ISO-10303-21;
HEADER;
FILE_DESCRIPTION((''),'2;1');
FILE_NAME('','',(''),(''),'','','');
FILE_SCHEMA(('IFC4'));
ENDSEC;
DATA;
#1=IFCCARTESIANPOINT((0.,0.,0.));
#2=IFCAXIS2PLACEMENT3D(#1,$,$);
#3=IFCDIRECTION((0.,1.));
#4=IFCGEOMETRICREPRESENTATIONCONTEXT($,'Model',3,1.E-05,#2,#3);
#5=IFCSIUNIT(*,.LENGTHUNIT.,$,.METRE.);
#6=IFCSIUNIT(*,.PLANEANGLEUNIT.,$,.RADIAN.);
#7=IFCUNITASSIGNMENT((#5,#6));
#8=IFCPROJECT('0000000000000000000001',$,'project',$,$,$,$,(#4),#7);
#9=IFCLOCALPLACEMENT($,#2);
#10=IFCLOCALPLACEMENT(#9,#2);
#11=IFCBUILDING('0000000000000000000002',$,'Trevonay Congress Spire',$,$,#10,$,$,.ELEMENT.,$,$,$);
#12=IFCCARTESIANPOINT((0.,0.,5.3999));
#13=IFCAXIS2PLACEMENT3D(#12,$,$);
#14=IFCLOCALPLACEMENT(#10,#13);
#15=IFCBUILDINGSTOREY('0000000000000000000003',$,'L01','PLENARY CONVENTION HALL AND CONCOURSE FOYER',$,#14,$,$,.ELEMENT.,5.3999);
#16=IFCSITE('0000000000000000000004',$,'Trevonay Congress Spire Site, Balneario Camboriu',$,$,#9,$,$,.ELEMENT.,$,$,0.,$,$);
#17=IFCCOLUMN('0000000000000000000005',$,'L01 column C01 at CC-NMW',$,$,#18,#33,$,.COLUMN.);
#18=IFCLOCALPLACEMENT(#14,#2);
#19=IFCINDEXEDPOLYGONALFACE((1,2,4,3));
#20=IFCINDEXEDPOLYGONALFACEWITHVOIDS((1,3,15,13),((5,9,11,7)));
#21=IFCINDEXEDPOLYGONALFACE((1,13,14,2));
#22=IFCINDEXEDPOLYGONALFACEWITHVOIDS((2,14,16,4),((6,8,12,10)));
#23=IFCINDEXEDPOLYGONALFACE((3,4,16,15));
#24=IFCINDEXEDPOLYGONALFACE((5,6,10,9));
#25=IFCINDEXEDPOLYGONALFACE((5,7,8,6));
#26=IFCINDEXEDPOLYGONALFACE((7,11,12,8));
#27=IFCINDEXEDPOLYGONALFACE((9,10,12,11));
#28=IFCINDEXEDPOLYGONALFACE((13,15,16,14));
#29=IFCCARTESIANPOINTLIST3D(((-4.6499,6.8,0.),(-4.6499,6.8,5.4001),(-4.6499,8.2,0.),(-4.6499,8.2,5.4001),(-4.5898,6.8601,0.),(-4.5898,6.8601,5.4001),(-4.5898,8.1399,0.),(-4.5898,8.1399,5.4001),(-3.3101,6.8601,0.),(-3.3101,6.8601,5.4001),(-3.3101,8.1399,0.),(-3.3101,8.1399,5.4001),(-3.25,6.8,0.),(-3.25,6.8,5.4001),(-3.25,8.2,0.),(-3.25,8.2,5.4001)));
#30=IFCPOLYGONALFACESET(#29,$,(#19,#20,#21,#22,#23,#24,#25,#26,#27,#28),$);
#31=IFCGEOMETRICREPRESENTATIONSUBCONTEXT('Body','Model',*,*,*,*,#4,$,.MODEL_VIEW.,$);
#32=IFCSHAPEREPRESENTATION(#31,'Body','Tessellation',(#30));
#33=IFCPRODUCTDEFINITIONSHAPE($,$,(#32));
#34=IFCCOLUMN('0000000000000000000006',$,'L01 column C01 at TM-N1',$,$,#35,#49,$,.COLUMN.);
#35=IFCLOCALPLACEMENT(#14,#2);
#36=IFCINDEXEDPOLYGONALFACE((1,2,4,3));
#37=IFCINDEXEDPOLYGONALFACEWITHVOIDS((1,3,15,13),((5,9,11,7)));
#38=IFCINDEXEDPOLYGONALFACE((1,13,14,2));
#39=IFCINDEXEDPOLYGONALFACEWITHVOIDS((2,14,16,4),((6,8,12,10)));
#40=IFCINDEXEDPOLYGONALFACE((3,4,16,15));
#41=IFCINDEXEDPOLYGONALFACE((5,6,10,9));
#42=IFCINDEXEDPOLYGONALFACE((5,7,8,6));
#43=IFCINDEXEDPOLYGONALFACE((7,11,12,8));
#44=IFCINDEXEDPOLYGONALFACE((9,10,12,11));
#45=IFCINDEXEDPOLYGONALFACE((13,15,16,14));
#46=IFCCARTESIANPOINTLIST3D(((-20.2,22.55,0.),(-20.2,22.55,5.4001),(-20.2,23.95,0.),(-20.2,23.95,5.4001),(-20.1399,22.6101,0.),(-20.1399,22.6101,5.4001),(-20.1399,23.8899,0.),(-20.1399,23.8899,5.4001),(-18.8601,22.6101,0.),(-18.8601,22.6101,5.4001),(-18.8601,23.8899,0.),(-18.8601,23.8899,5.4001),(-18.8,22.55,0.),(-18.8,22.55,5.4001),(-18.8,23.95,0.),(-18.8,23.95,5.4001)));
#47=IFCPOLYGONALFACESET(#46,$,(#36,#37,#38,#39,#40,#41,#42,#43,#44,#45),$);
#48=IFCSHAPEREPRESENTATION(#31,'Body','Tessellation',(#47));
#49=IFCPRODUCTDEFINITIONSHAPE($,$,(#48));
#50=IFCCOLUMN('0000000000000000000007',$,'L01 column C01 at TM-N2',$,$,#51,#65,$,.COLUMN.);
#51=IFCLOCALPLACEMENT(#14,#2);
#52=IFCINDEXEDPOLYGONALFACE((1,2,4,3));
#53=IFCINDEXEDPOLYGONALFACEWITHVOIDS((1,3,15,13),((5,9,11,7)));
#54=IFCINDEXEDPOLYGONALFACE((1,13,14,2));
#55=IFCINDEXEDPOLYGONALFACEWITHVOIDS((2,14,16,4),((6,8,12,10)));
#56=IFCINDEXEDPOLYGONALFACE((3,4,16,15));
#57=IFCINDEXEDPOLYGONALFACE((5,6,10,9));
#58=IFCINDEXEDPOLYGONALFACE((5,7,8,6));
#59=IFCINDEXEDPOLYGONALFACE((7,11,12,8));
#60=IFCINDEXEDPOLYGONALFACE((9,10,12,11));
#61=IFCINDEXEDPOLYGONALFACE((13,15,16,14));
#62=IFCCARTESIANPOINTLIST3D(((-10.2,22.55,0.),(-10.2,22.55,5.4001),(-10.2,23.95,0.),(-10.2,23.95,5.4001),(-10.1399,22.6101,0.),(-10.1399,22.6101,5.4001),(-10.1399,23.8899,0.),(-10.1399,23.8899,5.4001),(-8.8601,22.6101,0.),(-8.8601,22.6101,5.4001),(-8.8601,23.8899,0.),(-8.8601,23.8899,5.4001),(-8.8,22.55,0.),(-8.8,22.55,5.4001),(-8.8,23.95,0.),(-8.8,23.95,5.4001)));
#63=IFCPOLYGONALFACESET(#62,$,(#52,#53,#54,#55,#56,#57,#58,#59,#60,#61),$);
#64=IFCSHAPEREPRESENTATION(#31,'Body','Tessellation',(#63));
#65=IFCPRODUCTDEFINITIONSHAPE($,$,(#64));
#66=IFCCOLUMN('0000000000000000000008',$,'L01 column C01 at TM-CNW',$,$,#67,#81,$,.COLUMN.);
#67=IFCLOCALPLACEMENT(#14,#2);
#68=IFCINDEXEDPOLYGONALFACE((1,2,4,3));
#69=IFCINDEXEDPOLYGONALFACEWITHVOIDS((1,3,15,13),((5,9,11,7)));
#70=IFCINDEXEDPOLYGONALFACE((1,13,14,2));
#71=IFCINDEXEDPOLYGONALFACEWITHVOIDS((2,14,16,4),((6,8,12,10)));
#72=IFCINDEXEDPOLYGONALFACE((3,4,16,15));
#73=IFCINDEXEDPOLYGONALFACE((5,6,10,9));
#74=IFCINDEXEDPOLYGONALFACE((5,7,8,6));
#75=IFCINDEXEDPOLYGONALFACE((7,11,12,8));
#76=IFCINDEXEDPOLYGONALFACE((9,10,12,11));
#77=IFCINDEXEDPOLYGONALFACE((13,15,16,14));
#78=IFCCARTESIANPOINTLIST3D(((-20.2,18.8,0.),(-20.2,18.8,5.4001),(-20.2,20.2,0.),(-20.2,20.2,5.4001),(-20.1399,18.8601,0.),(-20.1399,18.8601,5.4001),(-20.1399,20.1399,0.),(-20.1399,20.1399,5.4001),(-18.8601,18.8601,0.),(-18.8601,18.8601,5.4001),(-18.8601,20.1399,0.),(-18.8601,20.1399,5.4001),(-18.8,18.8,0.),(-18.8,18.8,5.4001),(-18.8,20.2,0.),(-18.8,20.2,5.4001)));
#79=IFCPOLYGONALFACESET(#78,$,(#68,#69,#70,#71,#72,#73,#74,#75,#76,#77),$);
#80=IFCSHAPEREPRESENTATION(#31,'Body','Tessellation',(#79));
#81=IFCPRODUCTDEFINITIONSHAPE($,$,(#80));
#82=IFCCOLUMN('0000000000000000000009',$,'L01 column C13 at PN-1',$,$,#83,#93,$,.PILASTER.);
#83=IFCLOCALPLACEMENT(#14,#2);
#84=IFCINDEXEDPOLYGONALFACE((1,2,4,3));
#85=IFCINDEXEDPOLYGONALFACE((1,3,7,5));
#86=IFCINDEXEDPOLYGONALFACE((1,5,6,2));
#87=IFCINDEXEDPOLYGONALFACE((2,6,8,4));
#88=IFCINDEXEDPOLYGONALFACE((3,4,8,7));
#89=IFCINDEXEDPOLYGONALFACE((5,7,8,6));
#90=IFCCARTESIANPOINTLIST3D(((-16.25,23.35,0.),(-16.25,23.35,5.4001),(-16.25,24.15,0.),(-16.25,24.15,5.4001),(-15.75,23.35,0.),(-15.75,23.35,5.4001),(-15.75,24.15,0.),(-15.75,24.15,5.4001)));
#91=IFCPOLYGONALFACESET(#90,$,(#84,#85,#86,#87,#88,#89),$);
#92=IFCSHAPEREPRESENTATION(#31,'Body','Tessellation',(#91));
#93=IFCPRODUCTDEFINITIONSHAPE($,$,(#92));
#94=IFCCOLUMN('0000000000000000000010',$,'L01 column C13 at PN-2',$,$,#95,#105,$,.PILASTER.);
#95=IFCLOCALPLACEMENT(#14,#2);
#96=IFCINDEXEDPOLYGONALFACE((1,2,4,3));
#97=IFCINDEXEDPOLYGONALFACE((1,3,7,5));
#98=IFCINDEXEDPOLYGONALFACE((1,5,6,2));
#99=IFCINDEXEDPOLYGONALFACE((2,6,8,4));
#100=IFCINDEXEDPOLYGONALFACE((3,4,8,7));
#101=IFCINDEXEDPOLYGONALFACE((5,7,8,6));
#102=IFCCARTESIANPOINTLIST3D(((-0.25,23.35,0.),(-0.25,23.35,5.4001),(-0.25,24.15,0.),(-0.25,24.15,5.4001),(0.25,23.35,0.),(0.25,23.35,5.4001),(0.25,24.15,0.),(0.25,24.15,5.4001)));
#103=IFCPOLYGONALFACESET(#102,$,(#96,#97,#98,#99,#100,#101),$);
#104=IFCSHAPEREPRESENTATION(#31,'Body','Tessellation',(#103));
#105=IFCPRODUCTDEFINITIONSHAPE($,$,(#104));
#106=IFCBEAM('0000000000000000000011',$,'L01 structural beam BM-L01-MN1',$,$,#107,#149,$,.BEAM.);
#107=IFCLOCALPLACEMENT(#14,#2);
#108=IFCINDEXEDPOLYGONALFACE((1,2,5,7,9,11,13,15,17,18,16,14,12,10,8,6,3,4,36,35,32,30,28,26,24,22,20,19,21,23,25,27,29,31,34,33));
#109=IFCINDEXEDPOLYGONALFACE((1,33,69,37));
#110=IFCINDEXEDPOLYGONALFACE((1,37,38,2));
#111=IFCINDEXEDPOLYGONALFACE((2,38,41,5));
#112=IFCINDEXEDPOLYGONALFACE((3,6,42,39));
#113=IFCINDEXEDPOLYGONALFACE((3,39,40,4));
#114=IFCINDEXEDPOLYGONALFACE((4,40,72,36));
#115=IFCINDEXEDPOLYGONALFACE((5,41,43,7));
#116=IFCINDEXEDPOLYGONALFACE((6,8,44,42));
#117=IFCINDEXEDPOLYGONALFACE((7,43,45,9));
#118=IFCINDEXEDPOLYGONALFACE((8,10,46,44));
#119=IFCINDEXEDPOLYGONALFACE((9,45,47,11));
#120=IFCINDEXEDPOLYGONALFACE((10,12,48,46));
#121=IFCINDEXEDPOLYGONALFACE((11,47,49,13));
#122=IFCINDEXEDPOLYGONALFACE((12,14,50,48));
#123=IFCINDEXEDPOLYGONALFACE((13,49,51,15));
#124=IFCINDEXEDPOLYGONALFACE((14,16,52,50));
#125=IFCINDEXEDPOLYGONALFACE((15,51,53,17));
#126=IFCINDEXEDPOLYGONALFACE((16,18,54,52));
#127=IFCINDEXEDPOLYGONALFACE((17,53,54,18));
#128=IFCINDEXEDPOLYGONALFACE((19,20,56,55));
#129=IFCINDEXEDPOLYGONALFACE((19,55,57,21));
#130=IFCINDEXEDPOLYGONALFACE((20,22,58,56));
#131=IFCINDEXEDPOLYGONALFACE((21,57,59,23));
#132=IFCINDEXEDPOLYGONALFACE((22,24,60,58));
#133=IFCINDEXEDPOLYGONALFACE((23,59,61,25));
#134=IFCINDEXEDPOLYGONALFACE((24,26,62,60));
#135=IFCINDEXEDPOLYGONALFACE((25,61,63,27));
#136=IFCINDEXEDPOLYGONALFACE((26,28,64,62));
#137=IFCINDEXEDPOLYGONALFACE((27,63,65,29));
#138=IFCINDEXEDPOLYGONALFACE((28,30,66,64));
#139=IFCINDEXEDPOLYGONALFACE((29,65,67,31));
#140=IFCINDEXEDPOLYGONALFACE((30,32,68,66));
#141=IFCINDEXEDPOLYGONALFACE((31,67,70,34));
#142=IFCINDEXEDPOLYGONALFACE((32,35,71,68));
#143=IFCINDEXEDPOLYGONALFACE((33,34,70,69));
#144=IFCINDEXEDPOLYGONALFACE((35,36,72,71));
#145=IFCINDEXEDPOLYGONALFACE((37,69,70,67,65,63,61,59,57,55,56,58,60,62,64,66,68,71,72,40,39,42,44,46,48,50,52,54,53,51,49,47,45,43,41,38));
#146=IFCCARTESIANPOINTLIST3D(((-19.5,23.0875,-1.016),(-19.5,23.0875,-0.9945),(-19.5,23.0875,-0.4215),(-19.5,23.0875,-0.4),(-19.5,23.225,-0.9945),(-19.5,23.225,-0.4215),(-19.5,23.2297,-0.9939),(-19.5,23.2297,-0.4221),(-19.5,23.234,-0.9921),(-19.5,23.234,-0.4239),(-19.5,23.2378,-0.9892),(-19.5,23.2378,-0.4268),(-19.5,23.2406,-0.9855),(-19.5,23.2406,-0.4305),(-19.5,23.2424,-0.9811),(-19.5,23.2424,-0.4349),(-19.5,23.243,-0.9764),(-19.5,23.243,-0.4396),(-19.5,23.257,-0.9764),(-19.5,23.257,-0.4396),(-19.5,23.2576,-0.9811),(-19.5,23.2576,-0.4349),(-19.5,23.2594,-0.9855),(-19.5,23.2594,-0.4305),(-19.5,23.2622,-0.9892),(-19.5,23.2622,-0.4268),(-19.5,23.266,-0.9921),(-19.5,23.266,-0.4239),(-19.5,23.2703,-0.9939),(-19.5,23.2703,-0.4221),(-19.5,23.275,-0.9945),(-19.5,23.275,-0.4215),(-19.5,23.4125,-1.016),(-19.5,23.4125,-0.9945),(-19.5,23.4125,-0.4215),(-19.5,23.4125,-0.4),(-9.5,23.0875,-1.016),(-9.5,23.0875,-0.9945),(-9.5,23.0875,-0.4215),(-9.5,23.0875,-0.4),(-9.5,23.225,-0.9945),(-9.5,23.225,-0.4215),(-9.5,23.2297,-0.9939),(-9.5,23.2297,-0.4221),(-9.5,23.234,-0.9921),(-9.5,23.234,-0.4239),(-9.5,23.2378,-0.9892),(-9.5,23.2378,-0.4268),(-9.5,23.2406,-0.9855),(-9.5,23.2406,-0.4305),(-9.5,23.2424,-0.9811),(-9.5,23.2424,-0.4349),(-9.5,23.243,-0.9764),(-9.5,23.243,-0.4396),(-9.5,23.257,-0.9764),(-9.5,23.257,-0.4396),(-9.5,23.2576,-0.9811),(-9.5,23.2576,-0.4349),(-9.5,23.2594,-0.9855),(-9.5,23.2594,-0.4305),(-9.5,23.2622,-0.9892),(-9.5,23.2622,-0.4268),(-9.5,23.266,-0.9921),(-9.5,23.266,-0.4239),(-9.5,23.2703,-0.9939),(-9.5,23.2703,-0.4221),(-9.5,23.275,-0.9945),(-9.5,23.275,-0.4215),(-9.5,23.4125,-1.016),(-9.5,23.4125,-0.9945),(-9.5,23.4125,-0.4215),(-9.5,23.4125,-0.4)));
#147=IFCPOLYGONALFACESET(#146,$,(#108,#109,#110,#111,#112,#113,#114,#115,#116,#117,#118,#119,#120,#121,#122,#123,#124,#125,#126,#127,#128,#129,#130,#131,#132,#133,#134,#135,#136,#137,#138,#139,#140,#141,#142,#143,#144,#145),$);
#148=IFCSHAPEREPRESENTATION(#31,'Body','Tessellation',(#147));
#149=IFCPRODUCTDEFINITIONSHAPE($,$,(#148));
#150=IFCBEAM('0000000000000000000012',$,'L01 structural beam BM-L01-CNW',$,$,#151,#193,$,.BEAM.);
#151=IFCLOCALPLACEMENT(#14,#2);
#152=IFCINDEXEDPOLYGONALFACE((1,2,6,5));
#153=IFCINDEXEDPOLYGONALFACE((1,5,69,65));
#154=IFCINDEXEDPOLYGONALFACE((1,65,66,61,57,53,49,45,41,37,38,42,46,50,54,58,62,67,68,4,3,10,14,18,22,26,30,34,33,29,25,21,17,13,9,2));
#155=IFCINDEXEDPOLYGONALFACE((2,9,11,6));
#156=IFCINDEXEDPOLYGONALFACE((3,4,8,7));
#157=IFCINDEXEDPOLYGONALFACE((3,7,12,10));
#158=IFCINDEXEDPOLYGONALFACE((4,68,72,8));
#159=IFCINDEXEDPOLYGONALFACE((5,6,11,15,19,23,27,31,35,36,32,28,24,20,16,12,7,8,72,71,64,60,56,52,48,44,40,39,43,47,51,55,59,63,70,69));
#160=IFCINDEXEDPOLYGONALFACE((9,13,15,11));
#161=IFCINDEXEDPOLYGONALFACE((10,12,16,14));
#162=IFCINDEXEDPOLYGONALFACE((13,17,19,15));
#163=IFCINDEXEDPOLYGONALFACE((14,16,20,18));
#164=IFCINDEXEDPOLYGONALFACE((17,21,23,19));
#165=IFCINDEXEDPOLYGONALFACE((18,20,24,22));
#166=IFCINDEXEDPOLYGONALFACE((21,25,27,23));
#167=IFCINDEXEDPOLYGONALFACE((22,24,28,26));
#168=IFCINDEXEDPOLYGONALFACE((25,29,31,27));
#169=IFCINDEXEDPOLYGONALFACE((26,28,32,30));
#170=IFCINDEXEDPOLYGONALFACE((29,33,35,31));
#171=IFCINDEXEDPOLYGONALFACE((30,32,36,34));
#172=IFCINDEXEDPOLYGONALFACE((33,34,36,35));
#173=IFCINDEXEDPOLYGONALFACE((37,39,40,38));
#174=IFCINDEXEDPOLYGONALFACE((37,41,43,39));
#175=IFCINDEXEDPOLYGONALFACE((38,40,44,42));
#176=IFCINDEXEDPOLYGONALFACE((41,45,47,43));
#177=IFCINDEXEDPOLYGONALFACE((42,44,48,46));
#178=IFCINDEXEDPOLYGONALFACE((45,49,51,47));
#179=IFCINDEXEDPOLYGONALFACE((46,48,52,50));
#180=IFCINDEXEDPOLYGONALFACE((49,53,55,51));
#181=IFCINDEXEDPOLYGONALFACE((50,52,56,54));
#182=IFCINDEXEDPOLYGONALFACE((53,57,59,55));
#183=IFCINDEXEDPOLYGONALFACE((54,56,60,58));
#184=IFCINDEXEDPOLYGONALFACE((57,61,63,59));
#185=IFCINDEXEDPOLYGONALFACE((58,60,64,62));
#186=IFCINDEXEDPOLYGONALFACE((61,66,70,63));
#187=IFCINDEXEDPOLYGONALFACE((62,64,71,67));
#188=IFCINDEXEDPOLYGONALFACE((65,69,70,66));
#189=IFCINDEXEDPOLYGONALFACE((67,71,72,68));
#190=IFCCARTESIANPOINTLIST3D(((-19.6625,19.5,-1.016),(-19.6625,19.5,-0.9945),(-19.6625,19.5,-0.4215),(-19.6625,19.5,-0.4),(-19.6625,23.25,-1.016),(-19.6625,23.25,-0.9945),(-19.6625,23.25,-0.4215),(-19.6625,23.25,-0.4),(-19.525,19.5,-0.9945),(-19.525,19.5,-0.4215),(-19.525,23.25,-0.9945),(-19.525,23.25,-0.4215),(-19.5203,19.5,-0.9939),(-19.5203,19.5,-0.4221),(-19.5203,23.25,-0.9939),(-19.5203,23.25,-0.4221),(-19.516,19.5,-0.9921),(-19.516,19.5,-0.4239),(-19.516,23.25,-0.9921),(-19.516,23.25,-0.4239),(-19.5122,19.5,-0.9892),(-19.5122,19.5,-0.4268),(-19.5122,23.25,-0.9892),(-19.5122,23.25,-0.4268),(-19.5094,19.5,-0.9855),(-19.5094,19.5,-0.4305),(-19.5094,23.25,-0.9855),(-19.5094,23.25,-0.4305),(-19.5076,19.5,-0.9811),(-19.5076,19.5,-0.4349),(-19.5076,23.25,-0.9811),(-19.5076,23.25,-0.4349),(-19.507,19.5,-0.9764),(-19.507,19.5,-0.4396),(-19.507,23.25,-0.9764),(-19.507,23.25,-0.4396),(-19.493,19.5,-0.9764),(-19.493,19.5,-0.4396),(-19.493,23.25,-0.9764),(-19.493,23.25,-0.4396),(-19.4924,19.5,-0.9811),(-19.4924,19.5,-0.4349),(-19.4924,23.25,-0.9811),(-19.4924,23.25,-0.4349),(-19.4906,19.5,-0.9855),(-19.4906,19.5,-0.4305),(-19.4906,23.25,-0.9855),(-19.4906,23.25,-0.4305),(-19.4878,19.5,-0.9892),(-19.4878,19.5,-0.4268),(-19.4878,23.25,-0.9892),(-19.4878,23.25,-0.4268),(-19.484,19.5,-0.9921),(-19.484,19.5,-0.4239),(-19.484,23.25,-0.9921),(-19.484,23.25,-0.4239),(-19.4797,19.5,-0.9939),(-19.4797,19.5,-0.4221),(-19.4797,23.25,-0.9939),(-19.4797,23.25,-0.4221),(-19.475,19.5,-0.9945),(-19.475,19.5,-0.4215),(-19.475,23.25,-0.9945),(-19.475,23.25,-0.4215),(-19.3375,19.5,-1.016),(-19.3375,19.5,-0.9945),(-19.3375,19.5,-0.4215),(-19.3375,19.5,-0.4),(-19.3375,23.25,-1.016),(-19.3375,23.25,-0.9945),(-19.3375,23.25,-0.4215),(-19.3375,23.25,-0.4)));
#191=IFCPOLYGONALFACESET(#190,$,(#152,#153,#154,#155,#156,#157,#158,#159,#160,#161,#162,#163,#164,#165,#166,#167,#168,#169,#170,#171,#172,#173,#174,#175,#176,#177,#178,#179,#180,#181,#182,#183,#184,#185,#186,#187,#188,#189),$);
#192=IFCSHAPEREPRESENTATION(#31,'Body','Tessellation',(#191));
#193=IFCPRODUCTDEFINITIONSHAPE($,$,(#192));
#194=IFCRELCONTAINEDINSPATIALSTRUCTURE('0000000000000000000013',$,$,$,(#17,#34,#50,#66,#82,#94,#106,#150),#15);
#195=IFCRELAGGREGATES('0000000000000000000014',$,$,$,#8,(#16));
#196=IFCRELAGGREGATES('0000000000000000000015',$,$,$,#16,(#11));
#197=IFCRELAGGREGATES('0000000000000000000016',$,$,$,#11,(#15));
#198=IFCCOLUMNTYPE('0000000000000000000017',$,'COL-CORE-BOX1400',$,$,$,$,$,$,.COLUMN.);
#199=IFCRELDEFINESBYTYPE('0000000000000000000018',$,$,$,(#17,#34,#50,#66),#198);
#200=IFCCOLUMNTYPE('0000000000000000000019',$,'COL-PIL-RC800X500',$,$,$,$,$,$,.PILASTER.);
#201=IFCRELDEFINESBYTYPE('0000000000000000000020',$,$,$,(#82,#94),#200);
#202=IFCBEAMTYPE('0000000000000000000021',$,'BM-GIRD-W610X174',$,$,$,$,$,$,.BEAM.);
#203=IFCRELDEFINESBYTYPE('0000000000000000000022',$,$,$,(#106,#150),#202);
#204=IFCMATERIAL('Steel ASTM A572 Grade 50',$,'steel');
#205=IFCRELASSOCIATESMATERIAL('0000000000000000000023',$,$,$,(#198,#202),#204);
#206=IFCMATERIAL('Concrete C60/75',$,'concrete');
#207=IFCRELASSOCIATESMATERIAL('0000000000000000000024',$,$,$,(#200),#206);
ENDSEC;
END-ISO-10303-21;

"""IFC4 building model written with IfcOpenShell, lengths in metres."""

from ifc_helpers import new_model, si_unit, direction, frame, origin, origin_2d, place, context, subcontext, project, spatial, rectangle, hollow_rectangle, i_section, extrude, material, material_profile, profile_set, type_object, element, save


model = new_model("IFC4")

# Units and contexts
model_context = context("Model", 3, precision=1e-05, world=origin(), true_north=direction((0.0, 1.0)))
body_context = subcontext(model_context, "Body", "Model", "MODEL_VIEW")
ifc_project = project(units=[si_unit("LENGTHUNIT", "METRE"), si_unit("PLANEANGLEUNIT", "RADIAN")], contexts=[model_context])

# Site, building, storey
site_placement = place(None, origin())
site = spatial("IfcSite", under=ifc_project, at=site_placement, Name="Trevonay Congress Spire Site, Balneario Camboriu", CompositionType="ELEMENT", RefElevation=0.0)
building_placement = place(site_placement, origin())
building = spatial("IfcBuilding", under=site, at=building_placement, Name="Trevonay Congress Spire", CompositionType="ELEMENT")
storey_placement = place(building_placement, frame((0.0, 0.0, 5.3999)))
storey = spatial("IfcBuildingStorey", under=building, at=storey_placement, Name="L01", Description="PLENARY CONVENTION HALL AND CONCOURSE FOYER", CompositionType="ELEMENT", Elevation=5.3999)

# Columns
ifc_material_1 = material(Name="Steel ASTM A572 Grade 50", Category="steel")
ifc_material_profile_1 = material_profile(ifc_material_1, hollow_rectangle(XDim=1.3999, YDim=1.3999, WallThickness=0.0601, at=origin_2d()), Name="BOX 1400x1400x60")
ifc_profile_set_1 = profile_set([ifc_material_profile_1], Name="Steel ASTM A572 Grade 50")
column_type_1 = type_object("IfcColumnType", Name="COL-CORE-BOX1400", PredefinedType="COLUMN", material=ifc_profile_set_1)
for number, where, z_axis, x_axis, name in (
    (1, (-3.95, 7.5, 0.0), (0.0, 0.0, 1.0), (1.0, 0.0, 0.0), "L01 column C01 at CC-NMW"),
    (2, (-19.5, 23.25, 0.0), (0.0, 0.0, 1.0), (1.0, 0.0, 0.0), "L01 column C01 at TM-N1"),
    (3, (-9.5, 23.25, 0.0), (0.0, 0.0, 1.0), (1.0, 0.0, 0.0), "L01 column C01 at TM-N2"),
    (4, (-19.5, 19.5, 0.0), (0.0, 0.0, 1.0), (1.0, 0.0, 0.0), "L01 column C01 at TM-CNW"),
):
    element("IfcColumn", number, at=place(storey_placement, frame(where, z_axis=z_axis, x_axis=x_axis)), inside=storey, type_object=column_type_1, Name=name, PredefinedType="COLUMN", context=body_context, shape_type="SweptSolid", body=[
        extrude(hollow_rectangle(XDim=1.3999, YDim=1.3999, WallThickness=0.0601, at=origin_2d()), origin(), (0.0, 0.0, 1.0), 5.4001),
    ])
ifc_material_2 = material(Name="Concrete C60/75", Category="concrete")
ifc_material_profile_2 = material_profile(ifc_material_2, rectangle(XDim=0.5, YDim=0.8, at=origin_2d()), Name="RC 800x500")
ifc_profile_set_2 = profile_set([ifc_material_profile_2], Name="Concrete C60/75")
column_type_2 = type_object("IfcColumnType", Name="COL-PIL-RC800X500", PredefinedType="PILASTER", material=ifc_profile_set_2)
for number, where, z_axis, x_axis, name in (
    (5, (-16.0, 23.75, 0.0), (0.0, 0.0, 1.0), (1.0, 0.0, 0.0), "L01 column C13 at PN-1"),
    (6, (0.0, 23.75, 0.0), (0.0, 0.0, 1.0), (1.0, 0.0, 0.0), "L01 column C13 at PN-2"),
):
    element("IfcColumn", number, at=place(storey_placement, frame(where, z_axis=z_axis, x_axis=x_axis)), inside=storey, type_object=column_type_2, Name=name, PredefinedType="PILASTER", context=body_context, shape_type="SweptSolid", body=[
        extrude(rectangle(XDim=0.5, YDim=0.8, at=origin_2d()), origin(), (0.0, 0.0, 1.0), 5.4001),
    ])

# Beams
ifc_material_profile_3 = material_profile(ifc_material_1, i_section(OverallWidth=0.325, OverallDepth=0.616, WebThickness=0.0139, FlangeThickness=0.0215, FilletRadius=0.0181, at=origin_2d()), Name="W610x174")
ifc_profile_set_3 = profile_set([ifc_material_profile_3], Name="Steel ASTM A572 Grade 50")
beam_type_1 = type_object("IfcBeamType", Name="BM-GIRD-W610X174", PredefinedType="BEAM", material=ifc_profile_set_3)
beam_1_placement = place(storey_placement, frame((-19.5, 23.25, -0.708), z_axis=(1.0, 0.0, 0.0), x_axis=(0.0, 1.0, 0.0)))
element("IfcBeam", 7, at=beam_1_placement, inside=storey, type_object=beam_type_1, Name="L01 structural beam BM-L01-MN1", PredefinedType="BEAM", context=body_context, shape_type="SweptSolid", body=[
    extrude(i_section(OverallWidth=0.325, OverallDepth=0.616, WebThickness=0.0139, FlangeThickness=0.0215, FilletRadius=0.0181, at=origin_2d()), origin(), (0.0, 0.0, 1.0), 10.0),
])
beam_2_placement = place(storey_placement, frame((-19.5, 23.25, -0.708), z_axis=(0.0, -1.0, 0.0), x_axis=(1.0, 0.0, 0.0)))
element("IfcBeam", 8, at=beam_2_placement, inside=storey, type_object=beam_type_1, Name="L01 structural beam BM-L01-CNW", PredefinedType="BEAM", context=body_context, shape_type="SweptSolid", body=[
    extrude(i_section(OverallWidth=0.325, OverallDepth=0.616, WebThickness=0.0139, FlangeThickness=0.0215, FilletRadius=0.0181, at=origin_2d()), origin(), (0.0, 0.0, 1.0), 3.75),
])

save(model, "model.ifc")
